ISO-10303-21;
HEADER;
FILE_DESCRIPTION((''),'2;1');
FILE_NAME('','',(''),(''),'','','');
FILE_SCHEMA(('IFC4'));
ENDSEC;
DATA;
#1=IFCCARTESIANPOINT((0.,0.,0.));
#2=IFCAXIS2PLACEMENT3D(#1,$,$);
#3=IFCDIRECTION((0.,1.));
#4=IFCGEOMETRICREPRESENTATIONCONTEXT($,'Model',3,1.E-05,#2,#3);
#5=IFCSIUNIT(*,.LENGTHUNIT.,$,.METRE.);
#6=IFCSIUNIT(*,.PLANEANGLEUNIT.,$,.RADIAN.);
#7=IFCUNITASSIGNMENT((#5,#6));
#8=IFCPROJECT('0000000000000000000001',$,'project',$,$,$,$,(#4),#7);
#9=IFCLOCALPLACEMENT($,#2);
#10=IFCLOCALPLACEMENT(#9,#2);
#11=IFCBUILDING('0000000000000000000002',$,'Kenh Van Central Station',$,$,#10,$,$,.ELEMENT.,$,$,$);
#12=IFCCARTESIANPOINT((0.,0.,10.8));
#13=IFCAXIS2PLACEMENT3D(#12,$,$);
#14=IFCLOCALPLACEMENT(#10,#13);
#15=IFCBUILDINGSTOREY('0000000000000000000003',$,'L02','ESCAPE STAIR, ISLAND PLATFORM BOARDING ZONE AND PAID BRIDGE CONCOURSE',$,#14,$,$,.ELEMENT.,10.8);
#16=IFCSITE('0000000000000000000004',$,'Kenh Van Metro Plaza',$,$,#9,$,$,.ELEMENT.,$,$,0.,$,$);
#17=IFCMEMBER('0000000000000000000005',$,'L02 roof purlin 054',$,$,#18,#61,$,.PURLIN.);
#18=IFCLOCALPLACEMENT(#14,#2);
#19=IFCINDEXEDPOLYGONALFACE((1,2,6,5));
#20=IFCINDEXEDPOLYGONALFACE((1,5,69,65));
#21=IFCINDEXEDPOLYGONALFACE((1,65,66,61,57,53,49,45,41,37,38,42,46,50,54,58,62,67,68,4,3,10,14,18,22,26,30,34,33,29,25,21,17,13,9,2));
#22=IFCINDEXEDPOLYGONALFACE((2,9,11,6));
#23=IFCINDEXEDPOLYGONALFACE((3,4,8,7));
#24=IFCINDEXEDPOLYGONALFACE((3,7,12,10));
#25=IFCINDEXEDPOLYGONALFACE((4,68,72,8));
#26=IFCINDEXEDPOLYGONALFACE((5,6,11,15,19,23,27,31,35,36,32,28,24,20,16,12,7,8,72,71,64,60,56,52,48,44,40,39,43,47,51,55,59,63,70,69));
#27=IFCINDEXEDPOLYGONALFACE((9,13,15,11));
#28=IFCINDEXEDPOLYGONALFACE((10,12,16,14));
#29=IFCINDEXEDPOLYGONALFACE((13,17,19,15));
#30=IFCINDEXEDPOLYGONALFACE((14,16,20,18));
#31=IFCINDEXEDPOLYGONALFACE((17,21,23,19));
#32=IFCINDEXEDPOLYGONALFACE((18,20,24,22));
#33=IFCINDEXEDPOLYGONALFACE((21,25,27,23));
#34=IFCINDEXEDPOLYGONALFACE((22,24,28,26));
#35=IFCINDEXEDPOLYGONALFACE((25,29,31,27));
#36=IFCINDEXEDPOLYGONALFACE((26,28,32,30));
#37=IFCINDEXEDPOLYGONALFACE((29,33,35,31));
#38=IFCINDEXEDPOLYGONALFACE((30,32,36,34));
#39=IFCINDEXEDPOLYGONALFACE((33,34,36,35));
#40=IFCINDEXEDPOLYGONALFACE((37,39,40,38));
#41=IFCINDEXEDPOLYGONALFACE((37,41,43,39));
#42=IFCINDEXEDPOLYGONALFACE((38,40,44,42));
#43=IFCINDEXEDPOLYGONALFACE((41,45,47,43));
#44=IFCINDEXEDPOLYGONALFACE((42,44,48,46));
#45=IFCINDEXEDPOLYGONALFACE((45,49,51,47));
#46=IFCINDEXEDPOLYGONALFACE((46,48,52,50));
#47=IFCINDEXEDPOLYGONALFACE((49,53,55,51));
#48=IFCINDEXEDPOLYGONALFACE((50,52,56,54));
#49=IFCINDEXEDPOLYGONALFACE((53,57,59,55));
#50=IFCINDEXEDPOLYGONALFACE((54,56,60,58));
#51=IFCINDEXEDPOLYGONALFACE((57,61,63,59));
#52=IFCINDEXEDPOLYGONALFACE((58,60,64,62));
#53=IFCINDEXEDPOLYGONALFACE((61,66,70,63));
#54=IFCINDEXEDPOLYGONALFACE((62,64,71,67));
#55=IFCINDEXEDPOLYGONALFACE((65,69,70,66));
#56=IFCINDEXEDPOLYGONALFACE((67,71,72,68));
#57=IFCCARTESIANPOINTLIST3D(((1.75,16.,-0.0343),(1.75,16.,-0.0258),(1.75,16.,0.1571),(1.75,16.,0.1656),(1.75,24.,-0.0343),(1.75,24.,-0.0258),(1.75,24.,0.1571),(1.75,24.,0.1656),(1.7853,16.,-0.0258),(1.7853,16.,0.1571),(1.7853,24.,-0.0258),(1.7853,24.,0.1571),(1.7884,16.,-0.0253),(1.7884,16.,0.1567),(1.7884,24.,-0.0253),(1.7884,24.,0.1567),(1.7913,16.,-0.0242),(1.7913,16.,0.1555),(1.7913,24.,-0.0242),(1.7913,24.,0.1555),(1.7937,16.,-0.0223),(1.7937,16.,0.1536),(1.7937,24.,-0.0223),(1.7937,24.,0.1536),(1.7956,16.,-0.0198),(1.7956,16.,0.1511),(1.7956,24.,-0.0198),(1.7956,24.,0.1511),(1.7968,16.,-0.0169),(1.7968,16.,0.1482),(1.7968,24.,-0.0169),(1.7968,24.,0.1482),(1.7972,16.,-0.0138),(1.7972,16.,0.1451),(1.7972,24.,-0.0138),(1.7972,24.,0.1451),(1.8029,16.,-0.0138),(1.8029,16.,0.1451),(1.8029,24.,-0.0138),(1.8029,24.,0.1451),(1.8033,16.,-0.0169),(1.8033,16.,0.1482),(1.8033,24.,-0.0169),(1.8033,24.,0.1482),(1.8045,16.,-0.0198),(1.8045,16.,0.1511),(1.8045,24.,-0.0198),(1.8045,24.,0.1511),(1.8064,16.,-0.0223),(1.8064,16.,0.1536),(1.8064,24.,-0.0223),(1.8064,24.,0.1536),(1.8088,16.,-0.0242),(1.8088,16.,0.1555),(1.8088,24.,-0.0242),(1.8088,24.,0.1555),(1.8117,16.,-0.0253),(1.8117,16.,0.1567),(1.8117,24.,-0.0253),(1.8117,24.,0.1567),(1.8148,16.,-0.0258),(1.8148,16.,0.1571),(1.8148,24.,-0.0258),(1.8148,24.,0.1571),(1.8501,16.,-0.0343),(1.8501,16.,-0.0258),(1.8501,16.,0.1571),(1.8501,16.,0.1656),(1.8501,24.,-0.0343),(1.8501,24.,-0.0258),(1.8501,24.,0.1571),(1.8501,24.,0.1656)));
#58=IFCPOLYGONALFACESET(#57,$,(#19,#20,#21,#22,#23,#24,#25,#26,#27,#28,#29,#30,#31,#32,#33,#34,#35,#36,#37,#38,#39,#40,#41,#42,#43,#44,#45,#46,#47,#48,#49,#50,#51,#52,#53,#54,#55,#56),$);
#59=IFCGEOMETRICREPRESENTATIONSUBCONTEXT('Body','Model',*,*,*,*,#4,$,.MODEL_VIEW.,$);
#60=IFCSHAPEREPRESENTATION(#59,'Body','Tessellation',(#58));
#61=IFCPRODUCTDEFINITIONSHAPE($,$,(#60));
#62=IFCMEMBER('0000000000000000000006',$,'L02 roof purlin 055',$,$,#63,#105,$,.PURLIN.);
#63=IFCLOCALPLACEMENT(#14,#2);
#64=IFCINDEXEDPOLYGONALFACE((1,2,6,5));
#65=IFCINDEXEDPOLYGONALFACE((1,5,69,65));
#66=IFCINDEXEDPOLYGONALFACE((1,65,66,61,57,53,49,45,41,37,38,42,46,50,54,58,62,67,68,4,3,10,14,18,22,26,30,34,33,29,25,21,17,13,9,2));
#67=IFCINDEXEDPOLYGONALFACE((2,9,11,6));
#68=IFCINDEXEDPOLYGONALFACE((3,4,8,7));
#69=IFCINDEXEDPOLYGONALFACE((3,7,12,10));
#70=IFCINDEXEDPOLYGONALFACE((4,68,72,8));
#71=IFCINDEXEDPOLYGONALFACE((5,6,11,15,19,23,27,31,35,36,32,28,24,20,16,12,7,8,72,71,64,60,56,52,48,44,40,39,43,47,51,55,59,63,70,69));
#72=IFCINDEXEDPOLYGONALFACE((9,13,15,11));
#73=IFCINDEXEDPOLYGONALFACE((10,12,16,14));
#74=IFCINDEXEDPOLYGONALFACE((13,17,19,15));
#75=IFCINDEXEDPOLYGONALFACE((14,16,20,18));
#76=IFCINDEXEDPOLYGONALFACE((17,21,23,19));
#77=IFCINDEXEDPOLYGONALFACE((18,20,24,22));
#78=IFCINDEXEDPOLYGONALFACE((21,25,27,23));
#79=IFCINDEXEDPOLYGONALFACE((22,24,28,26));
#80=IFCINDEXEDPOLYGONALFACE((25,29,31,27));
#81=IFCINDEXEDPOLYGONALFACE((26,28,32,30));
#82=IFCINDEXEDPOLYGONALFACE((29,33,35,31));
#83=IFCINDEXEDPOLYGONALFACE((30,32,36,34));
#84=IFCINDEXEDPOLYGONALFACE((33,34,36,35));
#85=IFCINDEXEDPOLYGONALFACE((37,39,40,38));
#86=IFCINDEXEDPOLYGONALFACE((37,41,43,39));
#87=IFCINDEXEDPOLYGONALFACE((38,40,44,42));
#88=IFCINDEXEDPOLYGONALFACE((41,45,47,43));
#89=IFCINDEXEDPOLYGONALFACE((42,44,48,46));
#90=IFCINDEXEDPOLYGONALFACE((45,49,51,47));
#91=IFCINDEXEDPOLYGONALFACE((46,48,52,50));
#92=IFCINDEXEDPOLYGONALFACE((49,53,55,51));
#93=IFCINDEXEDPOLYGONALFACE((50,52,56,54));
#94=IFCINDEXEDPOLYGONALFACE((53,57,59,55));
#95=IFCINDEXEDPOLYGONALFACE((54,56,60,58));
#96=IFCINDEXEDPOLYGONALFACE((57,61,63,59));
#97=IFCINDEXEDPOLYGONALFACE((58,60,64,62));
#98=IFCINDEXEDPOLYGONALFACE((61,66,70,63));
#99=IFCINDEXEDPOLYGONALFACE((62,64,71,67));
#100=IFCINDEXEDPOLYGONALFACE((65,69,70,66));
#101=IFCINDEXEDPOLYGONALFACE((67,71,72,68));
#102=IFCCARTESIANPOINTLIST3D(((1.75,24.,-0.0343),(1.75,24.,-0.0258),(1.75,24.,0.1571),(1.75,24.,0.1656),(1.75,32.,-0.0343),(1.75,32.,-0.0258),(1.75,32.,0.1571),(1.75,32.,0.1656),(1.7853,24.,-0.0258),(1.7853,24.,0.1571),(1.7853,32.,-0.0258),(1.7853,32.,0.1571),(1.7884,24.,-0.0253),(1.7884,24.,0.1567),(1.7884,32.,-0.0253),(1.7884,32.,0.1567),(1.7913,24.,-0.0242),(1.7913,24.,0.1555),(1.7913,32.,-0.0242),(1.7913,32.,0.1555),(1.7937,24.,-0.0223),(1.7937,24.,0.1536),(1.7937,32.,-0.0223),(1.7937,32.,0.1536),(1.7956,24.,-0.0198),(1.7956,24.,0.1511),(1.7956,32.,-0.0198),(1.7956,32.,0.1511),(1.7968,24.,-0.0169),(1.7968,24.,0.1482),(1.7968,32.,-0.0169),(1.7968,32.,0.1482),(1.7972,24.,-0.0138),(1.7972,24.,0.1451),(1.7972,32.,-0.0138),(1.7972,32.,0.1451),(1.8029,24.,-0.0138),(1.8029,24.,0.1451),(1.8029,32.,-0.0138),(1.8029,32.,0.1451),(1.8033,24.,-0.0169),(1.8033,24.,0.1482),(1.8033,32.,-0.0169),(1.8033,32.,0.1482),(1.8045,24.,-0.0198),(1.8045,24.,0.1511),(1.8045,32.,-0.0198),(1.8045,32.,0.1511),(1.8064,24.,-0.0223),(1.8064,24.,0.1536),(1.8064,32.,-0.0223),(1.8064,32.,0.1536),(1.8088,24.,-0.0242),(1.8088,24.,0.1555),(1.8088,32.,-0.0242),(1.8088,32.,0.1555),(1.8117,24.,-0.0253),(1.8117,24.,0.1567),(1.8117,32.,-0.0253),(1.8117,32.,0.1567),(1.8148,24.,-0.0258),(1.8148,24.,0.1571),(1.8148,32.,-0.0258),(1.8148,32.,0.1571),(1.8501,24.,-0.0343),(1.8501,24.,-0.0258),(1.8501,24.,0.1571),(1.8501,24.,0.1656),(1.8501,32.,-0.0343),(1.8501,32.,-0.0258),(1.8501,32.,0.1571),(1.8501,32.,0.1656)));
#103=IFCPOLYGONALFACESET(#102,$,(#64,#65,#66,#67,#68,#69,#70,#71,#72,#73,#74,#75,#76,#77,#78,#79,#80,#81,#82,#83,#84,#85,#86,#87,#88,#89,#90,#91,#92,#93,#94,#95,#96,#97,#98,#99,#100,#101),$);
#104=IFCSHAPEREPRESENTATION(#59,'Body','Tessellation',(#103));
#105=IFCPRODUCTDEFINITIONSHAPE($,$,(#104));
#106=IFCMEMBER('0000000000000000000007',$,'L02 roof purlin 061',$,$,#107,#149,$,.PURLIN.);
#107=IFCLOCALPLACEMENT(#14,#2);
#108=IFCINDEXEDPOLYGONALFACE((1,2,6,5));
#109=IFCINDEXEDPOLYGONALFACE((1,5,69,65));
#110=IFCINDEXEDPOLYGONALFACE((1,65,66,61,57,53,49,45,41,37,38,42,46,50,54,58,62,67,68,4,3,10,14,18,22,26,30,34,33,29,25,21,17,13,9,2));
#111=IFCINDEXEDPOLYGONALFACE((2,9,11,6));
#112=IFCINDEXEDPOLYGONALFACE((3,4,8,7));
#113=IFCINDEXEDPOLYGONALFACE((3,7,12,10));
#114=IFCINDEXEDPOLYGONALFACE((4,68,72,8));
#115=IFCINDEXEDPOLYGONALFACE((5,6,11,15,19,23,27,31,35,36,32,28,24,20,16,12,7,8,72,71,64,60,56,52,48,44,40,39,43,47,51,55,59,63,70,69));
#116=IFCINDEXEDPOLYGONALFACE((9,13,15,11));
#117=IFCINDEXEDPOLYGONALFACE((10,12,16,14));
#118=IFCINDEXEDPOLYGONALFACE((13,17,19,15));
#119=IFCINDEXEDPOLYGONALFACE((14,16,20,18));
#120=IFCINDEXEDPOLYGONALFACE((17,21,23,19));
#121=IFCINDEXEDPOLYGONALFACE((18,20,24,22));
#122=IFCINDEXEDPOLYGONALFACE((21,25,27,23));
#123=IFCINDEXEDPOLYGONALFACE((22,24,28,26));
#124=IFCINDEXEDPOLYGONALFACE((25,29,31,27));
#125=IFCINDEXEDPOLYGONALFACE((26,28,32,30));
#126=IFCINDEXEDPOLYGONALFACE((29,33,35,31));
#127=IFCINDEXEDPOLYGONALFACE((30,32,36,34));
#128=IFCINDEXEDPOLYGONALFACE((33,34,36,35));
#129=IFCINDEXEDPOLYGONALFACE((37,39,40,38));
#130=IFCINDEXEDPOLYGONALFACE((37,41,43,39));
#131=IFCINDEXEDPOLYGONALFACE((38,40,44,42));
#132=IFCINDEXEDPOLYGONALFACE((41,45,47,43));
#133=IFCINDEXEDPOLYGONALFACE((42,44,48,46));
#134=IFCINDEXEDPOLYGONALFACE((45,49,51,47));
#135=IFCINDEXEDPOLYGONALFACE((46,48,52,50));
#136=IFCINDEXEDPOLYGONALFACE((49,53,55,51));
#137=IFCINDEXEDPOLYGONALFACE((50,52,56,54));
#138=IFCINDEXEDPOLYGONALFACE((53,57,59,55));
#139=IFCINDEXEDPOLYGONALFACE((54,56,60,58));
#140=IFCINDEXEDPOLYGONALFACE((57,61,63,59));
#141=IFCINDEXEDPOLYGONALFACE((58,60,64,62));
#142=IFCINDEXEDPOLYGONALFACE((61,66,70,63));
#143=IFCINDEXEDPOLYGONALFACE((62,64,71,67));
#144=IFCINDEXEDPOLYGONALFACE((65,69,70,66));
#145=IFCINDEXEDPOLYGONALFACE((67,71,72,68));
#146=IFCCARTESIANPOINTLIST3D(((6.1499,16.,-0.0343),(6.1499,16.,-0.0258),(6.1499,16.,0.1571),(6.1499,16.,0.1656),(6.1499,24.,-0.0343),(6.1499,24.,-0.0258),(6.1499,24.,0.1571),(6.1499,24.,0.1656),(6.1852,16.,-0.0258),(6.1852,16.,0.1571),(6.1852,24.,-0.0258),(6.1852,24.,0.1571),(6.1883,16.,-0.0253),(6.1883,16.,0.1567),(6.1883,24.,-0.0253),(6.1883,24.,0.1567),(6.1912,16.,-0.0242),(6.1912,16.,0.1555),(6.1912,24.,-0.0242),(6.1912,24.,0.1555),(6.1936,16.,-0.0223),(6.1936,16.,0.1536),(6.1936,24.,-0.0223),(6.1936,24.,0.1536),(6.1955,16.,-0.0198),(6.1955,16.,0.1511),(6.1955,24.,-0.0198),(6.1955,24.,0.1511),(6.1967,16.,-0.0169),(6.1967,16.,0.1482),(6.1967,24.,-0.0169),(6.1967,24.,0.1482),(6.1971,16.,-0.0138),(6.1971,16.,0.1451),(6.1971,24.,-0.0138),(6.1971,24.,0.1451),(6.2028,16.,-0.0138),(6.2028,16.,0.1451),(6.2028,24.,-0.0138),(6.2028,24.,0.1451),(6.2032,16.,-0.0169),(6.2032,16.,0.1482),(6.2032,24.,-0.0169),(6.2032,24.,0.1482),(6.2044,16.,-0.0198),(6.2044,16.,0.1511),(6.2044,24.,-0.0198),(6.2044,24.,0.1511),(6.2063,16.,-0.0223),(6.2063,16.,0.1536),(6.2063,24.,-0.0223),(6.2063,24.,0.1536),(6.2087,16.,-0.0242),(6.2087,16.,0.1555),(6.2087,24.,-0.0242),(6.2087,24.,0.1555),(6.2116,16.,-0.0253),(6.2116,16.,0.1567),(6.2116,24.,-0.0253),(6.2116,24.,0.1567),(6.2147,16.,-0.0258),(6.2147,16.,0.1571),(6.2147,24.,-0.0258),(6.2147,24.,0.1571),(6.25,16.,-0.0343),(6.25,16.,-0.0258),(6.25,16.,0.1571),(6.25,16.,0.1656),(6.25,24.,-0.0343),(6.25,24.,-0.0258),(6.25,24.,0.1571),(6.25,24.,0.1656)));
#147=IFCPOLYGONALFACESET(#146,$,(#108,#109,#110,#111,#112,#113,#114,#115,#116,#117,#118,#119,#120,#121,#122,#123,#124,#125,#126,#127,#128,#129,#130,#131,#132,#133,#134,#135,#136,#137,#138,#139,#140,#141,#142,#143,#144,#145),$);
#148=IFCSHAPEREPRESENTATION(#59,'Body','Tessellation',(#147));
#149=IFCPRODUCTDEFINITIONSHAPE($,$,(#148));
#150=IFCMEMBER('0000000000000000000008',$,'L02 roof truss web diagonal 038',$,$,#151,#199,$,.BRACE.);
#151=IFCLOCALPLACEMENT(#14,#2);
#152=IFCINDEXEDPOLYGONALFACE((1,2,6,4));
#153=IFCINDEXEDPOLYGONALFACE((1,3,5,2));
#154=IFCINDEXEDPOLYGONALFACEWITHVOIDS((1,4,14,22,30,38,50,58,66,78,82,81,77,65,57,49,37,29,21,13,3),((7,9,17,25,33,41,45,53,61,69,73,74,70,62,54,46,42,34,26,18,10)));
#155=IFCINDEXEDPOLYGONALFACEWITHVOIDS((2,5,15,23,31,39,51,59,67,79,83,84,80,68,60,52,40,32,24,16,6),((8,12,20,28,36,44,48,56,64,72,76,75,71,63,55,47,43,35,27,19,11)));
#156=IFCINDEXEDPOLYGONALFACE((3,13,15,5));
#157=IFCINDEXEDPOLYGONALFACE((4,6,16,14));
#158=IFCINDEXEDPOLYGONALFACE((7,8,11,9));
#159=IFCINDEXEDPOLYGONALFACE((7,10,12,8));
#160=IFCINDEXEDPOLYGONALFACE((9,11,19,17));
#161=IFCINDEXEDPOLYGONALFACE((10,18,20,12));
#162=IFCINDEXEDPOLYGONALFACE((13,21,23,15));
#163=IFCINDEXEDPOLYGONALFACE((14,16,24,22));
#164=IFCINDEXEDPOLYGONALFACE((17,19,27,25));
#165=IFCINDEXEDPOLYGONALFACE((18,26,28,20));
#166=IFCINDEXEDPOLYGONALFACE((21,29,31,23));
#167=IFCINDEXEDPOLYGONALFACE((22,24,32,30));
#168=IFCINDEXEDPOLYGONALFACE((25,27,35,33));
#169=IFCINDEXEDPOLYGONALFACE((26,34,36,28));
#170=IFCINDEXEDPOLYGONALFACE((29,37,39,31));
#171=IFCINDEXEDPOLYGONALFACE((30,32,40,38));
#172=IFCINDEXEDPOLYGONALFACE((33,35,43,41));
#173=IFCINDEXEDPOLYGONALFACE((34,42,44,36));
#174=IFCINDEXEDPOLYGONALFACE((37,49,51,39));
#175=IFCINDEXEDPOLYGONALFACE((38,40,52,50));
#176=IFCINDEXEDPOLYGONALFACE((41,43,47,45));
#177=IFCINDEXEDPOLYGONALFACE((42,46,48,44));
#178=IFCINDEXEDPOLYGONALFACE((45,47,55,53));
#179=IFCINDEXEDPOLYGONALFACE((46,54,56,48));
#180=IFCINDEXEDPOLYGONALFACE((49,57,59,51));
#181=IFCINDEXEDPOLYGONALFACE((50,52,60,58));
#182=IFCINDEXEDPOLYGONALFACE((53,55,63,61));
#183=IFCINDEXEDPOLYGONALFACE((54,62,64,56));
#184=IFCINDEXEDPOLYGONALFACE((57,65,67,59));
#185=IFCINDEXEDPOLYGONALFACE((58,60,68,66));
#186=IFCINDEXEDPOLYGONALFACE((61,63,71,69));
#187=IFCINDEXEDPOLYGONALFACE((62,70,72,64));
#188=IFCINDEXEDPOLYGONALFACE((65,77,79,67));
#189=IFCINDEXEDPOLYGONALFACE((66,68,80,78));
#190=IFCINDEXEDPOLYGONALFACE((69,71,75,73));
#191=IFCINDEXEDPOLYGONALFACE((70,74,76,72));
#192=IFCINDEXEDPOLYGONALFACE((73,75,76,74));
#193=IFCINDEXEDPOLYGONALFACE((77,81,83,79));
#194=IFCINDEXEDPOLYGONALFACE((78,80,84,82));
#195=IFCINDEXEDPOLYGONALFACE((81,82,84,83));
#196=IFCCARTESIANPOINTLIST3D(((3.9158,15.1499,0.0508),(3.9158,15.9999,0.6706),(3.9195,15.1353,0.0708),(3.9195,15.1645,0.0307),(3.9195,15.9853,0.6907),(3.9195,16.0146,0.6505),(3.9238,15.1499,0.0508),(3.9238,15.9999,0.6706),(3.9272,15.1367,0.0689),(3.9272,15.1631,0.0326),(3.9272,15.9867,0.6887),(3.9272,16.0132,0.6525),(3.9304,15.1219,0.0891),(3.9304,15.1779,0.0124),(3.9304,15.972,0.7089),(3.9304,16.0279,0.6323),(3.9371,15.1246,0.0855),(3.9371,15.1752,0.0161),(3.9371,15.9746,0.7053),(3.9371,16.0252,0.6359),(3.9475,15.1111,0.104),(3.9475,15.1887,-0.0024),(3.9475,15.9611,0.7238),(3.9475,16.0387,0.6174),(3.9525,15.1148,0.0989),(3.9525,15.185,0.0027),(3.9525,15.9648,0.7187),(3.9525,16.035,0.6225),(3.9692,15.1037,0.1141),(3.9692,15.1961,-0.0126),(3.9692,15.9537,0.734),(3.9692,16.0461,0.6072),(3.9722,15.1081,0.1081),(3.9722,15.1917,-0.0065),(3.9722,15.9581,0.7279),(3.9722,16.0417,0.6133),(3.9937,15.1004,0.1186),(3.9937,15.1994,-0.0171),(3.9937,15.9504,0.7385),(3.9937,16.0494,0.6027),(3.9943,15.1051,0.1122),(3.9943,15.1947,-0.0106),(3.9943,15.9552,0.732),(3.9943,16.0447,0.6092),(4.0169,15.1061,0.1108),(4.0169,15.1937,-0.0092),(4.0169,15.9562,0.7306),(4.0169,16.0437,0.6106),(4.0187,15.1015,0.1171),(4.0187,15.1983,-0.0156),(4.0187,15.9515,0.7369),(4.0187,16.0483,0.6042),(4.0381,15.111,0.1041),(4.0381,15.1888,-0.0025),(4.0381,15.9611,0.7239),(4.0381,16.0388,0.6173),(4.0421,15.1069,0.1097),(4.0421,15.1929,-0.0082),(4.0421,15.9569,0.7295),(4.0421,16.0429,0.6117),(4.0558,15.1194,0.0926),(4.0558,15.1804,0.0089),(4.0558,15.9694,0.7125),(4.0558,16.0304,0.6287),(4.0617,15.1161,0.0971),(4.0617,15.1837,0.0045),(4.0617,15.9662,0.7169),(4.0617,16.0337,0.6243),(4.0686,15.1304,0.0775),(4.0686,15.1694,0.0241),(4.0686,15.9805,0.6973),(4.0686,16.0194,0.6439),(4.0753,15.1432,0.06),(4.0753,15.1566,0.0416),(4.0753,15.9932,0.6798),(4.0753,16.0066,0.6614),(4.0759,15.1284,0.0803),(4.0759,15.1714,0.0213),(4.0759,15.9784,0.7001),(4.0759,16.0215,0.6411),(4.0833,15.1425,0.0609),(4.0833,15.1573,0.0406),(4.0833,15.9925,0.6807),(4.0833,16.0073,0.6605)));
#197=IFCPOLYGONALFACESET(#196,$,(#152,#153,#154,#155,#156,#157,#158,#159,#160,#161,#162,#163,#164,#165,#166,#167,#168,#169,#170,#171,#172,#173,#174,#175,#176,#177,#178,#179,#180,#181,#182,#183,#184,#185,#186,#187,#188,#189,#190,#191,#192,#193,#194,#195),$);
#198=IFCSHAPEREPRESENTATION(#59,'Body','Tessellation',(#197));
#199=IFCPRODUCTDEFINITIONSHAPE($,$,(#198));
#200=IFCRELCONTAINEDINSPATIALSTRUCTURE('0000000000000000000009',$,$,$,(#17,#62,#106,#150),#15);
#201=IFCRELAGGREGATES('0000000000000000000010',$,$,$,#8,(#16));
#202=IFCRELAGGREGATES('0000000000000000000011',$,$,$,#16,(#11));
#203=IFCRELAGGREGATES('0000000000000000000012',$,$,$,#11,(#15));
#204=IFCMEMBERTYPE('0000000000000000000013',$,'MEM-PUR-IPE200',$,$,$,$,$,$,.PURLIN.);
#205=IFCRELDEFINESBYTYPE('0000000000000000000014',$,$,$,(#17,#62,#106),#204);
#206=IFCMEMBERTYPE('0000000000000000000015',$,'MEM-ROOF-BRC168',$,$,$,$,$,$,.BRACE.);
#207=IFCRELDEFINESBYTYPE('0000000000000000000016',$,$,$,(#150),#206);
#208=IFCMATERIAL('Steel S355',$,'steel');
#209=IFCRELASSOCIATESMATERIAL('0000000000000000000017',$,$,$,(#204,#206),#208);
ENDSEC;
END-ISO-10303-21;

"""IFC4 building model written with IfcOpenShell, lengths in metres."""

from ifc_helpers import new_model, si_unit, direction, frame, origin, origin_2d, place, context, subcontext, project, spatial, hollow_circle, i_section, extrude, material, material_profile, profile_set, type_object, element, save


model = new_model("IFC4")

# Units and contexts
model_context = context("Model", 3, precision=1e-05, world=origin(), true_north=direction((0.0, 1.0)))
body_context = subcontext(model_context, "Body", "Model", "MODEL_VIEW")
ifc_project = project(units=[si_unit("LENGTHUNIT", "METRE"), si_unit("PLANEANGLEUNIT", "RADIAN")], contexts=[model_context])

# Site, building, storey
site_placement = place(None, origin())
site = spatial("IfcSite", under=ifc_project, at=site_placement, Name="Kenh Van Metro Plaza", CompositionType="ELEMENT", RefElevation=0.0)
building_placement = place(site_placement, origin())
building = spatial("IfcBuilding", under=site, at=building_placement, Name="Kenh Van Central Station", CompositionType="ELEMENT")
storey_placement = place(building_placement, frame((0.0, 0.0, 10.8)))
storey = spatial("IfcBuildingStorey", under=building, at=storey_placement, Name="L02", Description="ESCAPE STAIR, ISLAND PLATFORM BOARDING ZONE AND PAID BRIDGE CONCOURSE", CompositionType="ELEMENT", Elevation=10.8)

# Shared definitions
ifc_material_1 = material(Name="Steel S355", Category="steel")

# Members
ifc_material_profile_1 = material_profile(ifc_material_1, i_section(OverallWidth=0.1001, OverallDepth=0.2, WebThickness=0.0056, FlangeThickness=0.0085, FilletRadius=0.012, at=origin_2d()), Name="IPE 200")
ifc_profile_set_1 = profile_set([ifc_material_profile_1], Name="Steel S355")
member_type_1 = type_object("IfcMemberType", Name="MEM-PUR-IPE200", PredefinedType="PURLIN", material=ifc_profile_set_1)
for number, where, z_axis, x_axis, name in (
    (1, (1.8, 16.0, 0.0657), (0.0, 1.0, 0.0), (-1.0, 0.0, 0.0), "L02 roof purlin 054"),
    (2, (1.8, 24.0, 0.0657), (0.0, 1.0, 0.0), (-1.0, 0.0, 0.0), "L02 roof purlin 055"),
    (3, (6.2, 16.0, 0.0657), (0.0, 1.0, 0.0), (-1.0, 0.0, 0.0), "L02 roof purlin 061"),
):
    element("IfcMember", number, at=place(storey_placement, frame(where, z_axis=z_axis, x_axis=x_axis)), inside=storey, type_object=member_type_1, Name=name, PredefinedType="PURLIN", context=body_context, shape_type="SweptSolid", body=[
        extrude(i_section(OverallWidth=0.1001, OverallDepth=0.2, WebThickness=0.0056, FlangeThickness=0.0085, FilletRadius=0.012, at=origin_2d()), origin(), (0.0, 0.0, 1.0), 8.0),
    ])
ifc_material_profile_2 = material_profile(ifc_material_1, hollow_circle(Radius=0.0842, WallThickness=0.0081, at=origin_2d()), Name="CHS 168.3x8")
ifc_profile_set_2 = profile_set([ifc_material_profile_2], Name="Steel S355")
member_type_2 = type_object("IfcMemberType", Name="MEM-ROOF-BRC168", PredefinedType="BRACE", material=ifc_profile_set_2)
member_1_placement = place(storey_placement, frame((4.0, 15.1499, 0.0508), z_axis=(0.0, 0.808003, 0.589178), x_axis=(-1.0, 0.0, 0.0)))
element("IfcMember", 4, at=member_1_placement, inside=storey, type_object=member_type_2, Name="L02 roof truss web diagonal 038", PredefinedType="BRACE", context=body_context, shape_type="SweptSolid", body=[
    extrude(hollow_circle(Radius=0.0842, WallThickness=0.0081, at=origin_2d()), origin(), (0.0, 0.0, 1.0), 1.052),
])

save(model, "model.ifc")
